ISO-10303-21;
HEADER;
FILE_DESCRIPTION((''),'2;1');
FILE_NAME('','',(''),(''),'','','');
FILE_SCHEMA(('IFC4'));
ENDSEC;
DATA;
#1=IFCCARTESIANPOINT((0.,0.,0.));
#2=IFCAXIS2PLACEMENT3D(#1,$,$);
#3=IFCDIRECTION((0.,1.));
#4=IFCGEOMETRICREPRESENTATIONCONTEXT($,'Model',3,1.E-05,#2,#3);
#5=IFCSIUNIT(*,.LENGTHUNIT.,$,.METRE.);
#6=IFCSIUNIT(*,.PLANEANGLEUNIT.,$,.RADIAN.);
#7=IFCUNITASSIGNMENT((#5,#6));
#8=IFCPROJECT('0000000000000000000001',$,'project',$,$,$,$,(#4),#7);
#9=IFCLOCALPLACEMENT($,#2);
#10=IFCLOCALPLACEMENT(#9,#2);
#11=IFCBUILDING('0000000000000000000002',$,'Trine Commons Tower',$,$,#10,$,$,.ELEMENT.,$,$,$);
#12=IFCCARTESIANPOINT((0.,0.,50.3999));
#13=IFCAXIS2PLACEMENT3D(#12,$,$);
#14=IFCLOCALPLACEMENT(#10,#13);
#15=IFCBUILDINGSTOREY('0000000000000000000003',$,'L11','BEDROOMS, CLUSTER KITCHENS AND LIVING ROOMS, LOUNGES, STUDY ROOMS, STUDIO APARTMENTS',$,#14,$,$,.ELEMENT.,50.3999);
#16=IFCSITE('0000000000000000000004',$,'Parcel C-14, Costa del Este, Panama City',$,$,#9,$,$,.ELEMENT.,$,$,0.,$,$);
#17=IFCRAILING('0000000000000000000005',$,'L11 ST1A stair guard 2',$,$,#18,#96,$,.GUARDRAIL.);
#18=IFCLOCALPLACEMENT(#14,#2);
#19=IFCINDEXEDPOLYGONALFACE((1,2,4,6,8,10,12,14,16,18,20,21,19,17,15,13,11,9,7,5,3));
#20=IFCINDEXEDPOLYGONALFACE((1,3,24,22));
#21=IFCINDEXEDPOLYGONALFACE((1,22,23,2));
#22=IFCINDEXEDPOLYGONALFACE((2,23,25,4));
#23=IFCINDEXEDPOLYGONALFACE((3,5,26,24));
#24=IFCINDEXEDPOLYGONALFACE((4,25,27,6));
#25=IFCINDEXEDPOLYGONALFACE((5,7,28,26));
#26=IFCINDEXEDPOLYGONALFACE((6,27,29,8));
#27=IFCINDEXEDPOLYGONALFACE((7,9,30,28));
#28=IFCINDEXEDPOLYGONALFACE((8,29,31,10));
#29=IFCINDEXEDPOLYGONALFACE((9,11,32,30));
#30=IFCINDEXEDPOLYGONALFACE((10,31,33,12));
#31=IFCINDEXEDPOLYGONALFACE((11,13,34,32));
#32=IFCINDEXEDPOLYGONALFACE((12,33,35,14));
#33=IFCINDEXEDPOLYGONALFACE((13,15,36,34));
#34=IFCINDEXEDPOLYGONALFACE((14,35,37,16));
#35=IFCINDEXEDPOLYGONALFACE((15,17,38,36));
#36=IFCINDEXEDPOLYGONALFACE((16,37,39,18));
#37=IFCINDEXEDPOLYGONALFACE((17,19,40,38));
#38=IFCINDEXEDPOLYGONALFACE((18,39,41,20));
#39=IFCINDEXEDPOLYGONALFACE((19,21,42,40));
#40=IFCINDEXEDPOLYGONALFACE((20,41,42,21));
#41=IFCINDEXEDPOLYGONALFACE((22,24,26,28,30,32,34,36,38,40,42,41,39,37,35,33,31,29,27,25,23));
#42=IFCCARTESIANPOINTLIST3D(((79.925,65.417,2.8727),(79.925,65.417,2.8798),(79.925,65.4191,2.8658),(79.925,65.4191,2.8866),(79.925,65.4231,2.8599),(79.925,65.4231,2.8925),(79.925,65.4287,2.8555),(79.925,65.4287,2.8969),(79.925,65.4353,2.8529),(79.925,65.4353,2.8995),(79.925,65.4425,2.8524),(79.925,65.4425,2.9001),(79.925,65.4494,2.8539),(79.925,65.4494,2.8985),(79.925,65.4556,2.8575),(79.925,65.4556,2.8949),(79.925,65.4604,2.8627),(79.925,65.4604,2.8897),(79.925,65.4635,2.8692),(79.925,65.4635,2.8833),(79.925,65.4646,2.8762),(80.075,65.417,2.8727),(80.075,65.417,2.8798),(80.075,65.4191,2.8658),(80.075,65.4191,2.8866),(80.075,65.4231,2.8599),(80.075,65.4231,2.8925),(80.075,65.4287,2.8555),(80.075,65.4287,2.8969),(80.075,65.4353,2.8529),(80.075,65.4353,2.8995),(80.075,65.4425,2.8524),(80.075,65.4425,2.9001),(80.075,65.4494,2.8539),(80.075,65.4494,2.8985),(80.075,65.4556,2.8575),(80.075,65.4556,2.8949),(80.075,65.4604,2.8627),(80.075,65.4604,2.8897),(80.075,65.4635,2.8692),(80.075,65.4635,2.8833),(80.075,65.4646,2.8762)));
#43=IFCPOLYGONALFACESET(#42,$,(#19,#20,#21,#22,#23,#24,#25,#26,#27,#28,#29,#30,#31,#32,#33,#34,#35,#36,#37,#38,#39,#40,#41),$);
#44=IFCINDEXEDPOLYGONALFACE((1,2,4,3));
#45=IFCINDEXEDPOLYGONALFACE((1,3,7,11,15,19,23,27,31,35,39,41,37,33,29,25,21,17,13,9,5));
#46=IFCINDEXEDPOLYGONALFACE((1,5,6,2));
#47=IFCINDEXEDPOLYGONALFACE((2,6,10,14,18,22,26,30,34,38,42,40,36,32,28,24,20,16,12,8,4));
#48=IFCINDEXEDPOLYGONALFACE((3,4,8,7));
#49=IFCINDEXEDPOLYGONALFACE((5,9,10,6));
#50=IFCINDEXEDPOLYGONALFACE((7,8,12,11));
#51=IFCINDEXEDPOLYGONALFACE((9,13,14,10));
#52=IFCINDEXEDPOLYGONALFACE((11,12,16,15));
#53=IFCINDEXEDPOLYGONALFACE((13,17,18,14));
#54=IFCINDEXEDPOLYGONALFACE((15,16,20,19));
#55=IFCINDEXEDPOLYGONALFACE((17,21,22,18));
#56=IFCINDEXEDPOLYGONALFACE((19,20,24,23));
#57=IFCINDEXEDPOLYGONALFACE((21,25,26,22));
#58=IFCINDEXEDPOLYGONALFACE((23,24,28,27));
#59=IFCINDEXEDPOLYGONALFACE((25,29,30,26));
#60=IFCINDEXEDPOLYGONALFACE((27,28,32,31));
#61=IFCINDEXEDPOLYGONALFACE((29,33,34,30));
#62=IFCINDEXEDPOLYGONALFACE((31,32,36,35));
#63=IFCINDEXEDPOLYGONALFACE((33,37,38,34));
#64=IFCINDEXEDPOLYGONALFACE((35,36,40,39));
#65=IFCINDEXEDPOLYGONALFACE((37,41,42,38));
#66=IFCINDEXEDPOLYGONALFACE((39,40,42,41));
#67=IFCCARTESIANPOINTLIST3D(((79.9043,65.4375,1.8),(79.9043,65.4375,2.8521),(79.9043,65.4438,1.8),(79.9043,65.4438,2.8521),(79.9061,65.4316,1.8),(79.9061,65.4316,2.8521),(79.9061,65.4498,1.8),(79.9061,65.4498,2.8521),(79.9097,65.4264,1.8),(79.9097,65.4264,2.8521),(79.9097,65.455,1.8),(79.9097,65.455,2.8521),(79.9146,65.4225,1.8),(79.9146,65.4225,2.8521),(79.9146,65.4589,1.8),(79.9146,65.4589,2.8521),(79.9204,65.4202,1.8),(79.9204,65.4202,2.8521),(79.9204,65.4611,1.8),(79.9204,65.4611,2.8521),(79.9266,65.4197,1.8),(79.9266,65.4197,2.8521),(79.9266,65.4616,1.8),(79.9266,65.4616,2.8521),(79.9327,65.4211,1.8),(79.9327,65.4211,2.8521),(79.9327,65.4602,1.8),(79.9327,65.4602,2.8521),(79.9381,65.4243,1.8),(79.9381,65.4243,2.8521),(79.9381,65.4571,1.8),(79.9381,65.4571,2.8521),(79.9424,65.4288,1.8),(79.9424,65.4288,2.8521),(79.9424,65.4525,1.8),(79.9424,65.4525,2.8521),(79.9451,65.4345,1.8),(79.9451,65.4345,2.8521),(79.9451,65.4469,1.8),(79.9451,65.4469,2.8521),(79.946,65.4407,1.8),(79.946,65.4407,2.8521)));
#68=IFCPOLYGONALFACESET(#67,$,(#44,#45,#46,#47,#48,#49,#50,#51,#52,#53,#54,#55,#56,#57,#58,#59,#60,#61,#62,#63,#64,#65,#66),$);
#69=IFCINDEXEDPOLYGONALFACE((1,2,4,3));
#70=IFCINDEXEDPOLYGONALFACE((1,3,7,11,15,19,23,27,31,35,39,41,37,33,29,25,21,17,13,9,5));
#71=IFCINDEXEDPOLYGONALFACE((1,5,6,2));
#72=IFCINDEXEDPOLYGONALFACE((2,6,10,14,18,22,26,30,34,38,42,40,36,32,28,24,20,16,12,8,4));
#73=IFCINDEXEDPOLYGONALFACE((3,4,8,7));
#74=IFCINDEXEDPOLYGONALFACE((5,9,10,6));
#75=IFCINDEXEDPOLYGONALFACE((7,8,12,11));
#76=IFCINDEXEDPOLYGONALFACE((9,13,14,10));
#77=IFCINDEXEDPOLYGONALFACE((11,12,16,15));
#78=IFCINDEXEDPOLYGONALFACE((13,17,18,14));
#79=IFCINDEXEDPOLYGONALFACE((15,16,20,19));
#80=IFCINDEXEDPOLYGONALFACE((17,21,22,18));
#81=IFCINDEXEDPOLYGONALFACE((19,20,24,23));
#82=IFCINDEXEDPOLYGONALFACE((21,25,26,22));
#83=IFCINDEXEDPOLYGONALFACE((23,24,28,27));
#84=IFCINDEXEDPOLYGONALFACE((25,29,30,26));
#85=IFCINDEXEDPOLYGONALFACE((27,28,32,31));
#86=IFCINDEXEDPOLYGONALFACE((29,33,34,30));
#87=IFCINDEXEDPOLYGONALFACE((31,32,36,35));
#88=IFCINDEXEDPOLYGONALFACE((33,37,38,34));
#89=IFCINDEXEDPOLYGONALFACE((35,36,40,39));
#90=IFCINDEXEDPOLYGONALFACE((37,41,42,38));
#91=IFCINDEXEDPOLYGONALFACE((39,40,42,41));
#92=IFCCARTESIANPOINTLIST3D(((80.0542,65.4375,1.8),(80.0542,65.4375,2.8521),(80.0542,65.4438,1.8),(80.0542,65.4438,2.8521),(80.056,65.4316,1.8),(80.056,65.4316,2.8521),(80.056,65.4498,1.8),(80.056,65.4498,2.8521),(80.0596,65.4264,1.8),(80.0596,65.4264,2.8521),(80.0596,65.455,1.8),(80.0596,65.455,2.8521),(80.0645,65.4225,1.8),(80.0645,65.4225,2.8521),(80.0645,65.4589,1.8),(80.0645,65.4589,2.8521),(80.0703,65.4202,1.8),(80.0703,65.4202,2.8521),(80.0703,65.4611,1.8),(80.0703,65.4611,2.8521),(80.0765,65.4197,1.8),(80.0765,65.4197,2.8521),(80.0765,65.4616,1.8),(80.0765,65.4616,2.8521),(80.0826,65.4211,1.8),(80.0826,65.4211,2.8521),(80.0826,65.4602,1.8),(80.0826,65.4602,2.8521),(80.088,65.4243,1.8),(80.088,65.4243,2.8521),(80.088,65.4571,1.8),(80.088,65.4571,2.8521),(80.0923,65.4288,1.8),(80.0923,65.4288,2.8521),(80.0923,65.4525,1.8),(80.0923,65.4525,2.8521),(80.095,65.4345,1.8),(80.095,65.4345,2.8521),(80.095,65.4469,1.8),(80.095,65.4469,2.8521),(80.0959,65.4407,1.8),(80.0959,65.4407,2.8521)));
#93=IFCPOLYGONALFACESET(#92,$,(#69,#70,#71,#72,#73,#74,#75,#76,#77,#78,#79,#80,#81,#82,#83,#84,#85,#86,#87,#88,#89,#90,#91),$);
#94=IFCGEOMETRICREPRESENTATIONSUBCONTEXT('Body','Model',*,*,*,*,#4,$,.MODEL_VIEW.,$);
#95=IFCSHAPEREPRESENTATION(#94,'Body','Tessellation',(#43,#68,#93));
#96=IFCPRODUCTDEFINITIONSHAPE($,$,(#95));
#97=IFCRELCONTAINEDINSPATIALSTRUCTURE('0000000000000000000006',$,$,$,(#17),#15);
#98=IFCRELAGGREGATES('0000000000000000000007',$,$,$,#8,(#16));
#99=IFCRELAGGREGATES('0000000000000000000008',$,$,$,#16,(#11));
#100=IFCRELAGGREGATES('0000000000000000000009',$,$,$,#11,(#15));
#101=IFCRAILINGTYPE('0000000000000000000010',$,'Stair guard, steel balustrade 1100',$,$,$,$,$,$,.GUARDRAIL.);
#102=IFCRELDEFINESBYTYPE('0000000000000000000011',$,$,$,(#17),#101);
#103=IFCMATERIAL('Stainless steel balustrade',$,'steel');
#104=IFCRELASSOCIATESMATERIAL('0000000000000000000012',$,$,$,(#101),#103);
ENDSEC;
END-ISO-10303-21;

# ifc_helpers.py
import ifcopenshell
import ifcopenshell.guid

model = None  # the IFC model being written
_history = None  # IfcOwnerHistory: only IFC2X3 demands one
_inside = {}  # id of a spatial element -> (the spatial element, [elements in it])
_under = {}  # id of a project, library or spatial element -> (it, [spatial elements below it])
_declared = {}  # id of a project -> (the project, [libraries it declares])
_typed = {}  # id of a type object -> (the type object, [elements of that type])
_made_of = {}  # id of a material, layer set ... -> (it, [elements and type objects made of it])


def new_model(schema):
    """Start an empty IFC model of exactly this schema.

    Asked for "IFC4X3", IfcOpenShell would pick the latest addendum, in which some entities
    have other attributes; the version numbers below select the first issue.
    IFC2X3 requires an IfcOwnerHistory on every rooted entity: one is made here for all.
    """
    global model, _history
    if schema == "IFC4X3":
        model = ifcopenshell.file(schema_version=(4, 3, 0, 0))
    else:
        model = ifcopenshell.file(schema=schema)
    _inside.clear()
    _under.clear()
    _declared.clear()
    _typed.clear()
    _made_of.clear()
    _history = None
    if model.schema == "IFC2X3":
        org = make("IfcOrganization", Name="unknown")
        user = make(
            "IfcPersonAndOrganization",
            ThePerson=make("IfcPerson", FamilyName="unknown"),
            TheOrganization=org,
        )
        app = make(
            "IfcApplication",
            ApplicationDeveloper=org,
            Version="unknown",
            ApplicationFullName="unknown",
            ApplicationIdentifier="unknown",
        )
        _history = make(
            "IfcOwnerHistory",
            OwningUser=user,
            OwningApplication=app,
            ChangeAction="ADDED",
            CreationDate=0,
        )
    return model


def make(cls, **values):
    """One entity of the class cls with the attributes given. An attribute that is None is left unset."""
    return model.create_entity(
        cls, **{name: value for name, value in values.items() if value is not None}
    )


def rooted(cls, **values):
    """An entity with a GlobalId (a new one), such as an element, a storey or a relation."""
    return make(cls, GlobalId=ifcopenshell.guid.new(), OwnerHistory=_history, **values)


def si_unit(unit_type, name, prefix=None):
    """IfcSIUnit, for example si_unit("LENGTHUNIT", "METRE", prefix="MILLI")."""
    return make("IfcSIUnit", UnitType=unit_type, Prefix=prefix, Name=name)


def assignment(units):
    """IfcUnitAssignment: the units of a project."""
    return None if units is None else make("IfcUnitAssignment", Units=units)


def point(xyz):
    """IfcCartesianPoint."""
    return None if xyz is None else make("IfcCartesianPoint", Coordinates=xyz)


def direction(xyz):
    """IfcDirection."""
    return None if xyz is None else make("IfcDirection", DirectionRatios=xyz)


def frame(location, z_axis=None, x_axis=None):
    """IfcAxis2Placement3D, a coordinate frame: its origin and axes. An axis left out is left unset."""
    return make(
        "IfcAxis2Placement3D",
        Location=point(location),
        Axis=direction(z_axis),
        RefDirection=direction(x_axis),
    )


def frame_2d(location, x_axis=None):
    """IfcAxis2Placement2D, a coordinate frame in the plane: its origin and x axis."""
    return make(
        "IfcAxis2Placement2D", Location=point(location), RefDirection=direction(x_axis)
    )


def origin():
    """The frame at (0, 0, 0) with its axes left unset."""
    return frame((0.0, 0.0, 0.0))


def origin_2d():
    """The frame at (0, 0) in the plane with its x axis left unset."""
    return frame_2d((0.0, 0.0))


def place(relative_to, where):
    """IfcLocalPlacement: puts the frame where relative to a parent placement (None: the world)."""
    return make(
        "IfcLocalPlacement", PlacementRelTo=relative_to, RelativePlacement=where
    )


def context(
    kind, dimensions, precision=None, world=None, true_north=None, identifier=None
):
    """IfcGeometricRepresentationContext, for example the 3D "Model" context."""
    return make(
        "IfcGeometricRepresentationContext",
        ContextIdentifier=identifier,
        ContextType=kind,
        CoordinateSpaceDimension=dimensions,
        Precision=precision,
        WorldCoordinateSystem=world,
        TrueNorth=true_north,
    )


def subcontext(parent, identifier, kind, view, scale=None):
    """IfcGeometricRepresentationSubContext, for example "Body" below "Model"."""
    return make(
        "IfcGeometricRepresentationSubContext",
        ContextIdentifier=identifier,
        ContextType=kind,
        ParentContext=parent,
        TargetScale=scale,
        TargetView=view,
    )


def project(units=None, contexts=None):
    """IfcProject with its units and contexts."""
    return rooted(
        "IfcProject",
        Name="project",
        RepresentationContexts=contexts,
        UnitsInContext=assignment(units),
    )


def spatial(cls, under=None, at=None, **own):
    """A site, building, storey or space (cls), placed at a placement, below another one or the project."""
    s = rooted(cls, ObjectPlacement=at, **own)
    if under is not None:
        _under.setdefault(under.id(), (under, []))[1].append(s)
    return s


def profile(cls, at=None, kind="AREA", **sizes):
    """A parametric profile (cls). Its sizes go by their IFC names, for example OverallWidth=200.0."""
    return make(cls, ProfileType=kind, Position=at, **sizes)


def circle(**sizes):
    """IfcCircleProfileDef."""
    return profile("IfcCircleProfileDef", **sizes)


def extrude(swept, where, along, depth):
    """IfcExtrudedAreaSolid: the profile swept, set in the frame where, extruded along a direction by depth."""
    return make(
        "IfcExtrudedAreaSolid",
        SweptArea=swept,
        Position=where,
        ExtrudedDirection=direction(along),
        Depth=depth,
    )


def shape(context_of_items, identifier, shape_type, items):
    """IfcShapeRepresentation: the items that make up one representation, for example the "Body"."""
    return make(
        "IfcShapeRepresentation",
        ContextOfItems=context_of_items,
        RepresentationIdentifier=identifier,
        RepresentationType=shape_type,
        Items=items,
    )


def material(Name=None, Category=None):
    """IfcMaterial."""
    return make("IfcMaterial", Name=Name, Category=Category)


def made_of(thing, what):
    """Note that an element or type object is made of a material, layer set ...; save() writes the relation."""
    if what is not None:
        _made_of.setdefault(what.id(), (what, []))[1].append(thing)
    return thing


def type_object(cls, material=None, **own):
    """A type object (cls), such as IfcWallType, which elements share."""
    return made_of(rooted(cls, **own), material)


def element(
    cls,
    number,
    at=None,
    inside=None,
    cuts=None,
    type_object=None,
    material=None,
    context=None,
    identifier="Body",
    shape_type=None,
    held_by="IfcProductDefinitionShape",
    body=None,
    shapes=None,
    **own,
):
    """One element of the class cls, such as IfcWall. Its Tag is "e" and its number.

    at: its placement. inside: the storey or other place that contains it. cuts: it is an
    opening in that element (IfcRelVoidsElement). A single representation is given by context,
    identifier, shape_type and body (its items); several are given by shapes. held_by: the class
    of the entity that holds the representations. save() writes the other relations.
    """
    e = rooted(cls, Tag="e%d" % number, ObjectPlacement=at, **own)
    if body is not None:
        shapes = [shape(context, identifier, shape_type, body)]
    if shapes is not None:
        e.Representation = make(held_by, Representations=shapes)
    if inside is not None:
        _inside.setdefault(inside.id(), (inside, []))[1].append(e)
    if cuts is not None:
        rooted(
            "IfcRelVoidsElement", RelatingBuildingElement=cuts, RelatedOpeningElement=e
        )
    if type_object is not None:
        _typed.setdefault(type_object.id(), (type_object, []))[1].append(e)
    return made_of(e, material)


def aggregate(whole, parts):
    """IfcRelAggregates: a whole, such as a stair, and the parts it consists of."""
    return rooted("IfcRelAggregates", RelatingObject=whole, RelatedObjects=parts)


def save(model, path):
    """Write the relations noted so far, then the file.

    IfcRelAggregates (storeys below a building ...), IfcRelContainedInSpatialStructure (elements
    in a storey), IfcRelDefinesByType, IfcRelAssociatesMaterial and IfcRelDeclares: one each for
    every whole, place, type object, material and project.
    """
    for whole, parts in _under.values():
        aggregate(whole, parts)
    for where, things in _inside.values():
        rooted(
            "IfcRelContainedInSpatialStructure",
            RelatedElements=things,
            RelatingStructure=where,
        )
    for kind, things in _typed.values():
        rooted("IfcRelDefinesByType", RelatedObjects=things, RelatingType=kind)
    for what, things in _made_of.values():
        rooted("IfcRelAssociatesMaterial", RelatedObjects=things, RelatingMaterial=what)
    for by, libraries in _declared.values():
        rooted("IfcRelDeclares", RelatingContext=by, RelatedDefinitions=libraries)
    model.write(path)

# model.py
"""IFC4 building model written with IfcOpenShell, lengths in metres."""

from ifc_helpers import new_model, si_unit, direction, frame, origin, origin_2d, place, context, subcontext, project, spatial, circle, extrude, material, type_object, element, save


model = new_model("IFC4")

# Units and contexts
model_context = context("Model", 3, precision=1e-05, world=origin(), true_north=direction((0.0, 1.0)))
body_context = subcontext(model_context, "Body", "Model", "MODEL_VIEW")
ifc_project = project(units=[si_unit("LENGTHUNIT", "METRE"), si_unit("PLANEANGLEUNIT", "RADIAN")], contexts=[model_context])

# Site, building, storey
site_placement = place(None, origin())
site = spatial("IfcSite", under=ifc_project, at=site_placement, Name="Parcel C-14, Costa del Este, Panama City", CompositionType="ELEMENT", RefElevation=0.0)
building_placement = place(site_placement, origin())
building = spatial("IfcBuilding", under=site, at=building_placement, Name="Trine Commons Tower", CompositionType="ELEMENT")
storey_placement = place(building_placement, frame((0.0, 0.0, 50.3999)))
storey = spatial("IfcBuildingStorey", under=building, at=storey_placement, Name="L11", Description="BEDROOMS, CLUSTER KITCHENS AND LIVING ROOMS, LOUNGES, STUDY ROOMS, STUDIO APARTMENTS", CompositionType="ELEMENT", Elevation=50.3999)

# Railing
ifc_material_1 = material(Name="Stainless steel balustrade", Category="steel")
railing_type_1 = type_object("IfcRailingType", Name="Stair guard, steel balustrade 1100", PredefinedType="GUARDRAIL", material=ifc_material_1)
railing_1_placement = place(storey_placement, frame((79.925, 65.4407, 1.8)))
element("IfcRailing", 1, at=railing_1_placement, inside=storey, type_object=railing_type_1, Name="L11 ST1A stair guard 2", PredefinedType="GUARDRAIL", context=body_context, shape_type="SweptSolid", body=[
    extrude(circle(Radius=0.0239, at=origin_2d()), frame((0.0, 0.0, 1.0762), z_axis=(1.0, 0.0, 0.0), x_axis=(0.0, 1.0, 0.0)), (0.0, 0.0, 1.0), 0.1499),
    extrude(circle(Radius=0.021, at=origin_2d()), origin(), (0.0, 0.0, 1.0), 1.052),
    extrude(circle(Radius=0.021, at=origin_2d()), frame((0.1499, 0.0, 0.0)), (0.0, 0.0, 1.0), 1.052),
])

save(model, "model.ifc")
